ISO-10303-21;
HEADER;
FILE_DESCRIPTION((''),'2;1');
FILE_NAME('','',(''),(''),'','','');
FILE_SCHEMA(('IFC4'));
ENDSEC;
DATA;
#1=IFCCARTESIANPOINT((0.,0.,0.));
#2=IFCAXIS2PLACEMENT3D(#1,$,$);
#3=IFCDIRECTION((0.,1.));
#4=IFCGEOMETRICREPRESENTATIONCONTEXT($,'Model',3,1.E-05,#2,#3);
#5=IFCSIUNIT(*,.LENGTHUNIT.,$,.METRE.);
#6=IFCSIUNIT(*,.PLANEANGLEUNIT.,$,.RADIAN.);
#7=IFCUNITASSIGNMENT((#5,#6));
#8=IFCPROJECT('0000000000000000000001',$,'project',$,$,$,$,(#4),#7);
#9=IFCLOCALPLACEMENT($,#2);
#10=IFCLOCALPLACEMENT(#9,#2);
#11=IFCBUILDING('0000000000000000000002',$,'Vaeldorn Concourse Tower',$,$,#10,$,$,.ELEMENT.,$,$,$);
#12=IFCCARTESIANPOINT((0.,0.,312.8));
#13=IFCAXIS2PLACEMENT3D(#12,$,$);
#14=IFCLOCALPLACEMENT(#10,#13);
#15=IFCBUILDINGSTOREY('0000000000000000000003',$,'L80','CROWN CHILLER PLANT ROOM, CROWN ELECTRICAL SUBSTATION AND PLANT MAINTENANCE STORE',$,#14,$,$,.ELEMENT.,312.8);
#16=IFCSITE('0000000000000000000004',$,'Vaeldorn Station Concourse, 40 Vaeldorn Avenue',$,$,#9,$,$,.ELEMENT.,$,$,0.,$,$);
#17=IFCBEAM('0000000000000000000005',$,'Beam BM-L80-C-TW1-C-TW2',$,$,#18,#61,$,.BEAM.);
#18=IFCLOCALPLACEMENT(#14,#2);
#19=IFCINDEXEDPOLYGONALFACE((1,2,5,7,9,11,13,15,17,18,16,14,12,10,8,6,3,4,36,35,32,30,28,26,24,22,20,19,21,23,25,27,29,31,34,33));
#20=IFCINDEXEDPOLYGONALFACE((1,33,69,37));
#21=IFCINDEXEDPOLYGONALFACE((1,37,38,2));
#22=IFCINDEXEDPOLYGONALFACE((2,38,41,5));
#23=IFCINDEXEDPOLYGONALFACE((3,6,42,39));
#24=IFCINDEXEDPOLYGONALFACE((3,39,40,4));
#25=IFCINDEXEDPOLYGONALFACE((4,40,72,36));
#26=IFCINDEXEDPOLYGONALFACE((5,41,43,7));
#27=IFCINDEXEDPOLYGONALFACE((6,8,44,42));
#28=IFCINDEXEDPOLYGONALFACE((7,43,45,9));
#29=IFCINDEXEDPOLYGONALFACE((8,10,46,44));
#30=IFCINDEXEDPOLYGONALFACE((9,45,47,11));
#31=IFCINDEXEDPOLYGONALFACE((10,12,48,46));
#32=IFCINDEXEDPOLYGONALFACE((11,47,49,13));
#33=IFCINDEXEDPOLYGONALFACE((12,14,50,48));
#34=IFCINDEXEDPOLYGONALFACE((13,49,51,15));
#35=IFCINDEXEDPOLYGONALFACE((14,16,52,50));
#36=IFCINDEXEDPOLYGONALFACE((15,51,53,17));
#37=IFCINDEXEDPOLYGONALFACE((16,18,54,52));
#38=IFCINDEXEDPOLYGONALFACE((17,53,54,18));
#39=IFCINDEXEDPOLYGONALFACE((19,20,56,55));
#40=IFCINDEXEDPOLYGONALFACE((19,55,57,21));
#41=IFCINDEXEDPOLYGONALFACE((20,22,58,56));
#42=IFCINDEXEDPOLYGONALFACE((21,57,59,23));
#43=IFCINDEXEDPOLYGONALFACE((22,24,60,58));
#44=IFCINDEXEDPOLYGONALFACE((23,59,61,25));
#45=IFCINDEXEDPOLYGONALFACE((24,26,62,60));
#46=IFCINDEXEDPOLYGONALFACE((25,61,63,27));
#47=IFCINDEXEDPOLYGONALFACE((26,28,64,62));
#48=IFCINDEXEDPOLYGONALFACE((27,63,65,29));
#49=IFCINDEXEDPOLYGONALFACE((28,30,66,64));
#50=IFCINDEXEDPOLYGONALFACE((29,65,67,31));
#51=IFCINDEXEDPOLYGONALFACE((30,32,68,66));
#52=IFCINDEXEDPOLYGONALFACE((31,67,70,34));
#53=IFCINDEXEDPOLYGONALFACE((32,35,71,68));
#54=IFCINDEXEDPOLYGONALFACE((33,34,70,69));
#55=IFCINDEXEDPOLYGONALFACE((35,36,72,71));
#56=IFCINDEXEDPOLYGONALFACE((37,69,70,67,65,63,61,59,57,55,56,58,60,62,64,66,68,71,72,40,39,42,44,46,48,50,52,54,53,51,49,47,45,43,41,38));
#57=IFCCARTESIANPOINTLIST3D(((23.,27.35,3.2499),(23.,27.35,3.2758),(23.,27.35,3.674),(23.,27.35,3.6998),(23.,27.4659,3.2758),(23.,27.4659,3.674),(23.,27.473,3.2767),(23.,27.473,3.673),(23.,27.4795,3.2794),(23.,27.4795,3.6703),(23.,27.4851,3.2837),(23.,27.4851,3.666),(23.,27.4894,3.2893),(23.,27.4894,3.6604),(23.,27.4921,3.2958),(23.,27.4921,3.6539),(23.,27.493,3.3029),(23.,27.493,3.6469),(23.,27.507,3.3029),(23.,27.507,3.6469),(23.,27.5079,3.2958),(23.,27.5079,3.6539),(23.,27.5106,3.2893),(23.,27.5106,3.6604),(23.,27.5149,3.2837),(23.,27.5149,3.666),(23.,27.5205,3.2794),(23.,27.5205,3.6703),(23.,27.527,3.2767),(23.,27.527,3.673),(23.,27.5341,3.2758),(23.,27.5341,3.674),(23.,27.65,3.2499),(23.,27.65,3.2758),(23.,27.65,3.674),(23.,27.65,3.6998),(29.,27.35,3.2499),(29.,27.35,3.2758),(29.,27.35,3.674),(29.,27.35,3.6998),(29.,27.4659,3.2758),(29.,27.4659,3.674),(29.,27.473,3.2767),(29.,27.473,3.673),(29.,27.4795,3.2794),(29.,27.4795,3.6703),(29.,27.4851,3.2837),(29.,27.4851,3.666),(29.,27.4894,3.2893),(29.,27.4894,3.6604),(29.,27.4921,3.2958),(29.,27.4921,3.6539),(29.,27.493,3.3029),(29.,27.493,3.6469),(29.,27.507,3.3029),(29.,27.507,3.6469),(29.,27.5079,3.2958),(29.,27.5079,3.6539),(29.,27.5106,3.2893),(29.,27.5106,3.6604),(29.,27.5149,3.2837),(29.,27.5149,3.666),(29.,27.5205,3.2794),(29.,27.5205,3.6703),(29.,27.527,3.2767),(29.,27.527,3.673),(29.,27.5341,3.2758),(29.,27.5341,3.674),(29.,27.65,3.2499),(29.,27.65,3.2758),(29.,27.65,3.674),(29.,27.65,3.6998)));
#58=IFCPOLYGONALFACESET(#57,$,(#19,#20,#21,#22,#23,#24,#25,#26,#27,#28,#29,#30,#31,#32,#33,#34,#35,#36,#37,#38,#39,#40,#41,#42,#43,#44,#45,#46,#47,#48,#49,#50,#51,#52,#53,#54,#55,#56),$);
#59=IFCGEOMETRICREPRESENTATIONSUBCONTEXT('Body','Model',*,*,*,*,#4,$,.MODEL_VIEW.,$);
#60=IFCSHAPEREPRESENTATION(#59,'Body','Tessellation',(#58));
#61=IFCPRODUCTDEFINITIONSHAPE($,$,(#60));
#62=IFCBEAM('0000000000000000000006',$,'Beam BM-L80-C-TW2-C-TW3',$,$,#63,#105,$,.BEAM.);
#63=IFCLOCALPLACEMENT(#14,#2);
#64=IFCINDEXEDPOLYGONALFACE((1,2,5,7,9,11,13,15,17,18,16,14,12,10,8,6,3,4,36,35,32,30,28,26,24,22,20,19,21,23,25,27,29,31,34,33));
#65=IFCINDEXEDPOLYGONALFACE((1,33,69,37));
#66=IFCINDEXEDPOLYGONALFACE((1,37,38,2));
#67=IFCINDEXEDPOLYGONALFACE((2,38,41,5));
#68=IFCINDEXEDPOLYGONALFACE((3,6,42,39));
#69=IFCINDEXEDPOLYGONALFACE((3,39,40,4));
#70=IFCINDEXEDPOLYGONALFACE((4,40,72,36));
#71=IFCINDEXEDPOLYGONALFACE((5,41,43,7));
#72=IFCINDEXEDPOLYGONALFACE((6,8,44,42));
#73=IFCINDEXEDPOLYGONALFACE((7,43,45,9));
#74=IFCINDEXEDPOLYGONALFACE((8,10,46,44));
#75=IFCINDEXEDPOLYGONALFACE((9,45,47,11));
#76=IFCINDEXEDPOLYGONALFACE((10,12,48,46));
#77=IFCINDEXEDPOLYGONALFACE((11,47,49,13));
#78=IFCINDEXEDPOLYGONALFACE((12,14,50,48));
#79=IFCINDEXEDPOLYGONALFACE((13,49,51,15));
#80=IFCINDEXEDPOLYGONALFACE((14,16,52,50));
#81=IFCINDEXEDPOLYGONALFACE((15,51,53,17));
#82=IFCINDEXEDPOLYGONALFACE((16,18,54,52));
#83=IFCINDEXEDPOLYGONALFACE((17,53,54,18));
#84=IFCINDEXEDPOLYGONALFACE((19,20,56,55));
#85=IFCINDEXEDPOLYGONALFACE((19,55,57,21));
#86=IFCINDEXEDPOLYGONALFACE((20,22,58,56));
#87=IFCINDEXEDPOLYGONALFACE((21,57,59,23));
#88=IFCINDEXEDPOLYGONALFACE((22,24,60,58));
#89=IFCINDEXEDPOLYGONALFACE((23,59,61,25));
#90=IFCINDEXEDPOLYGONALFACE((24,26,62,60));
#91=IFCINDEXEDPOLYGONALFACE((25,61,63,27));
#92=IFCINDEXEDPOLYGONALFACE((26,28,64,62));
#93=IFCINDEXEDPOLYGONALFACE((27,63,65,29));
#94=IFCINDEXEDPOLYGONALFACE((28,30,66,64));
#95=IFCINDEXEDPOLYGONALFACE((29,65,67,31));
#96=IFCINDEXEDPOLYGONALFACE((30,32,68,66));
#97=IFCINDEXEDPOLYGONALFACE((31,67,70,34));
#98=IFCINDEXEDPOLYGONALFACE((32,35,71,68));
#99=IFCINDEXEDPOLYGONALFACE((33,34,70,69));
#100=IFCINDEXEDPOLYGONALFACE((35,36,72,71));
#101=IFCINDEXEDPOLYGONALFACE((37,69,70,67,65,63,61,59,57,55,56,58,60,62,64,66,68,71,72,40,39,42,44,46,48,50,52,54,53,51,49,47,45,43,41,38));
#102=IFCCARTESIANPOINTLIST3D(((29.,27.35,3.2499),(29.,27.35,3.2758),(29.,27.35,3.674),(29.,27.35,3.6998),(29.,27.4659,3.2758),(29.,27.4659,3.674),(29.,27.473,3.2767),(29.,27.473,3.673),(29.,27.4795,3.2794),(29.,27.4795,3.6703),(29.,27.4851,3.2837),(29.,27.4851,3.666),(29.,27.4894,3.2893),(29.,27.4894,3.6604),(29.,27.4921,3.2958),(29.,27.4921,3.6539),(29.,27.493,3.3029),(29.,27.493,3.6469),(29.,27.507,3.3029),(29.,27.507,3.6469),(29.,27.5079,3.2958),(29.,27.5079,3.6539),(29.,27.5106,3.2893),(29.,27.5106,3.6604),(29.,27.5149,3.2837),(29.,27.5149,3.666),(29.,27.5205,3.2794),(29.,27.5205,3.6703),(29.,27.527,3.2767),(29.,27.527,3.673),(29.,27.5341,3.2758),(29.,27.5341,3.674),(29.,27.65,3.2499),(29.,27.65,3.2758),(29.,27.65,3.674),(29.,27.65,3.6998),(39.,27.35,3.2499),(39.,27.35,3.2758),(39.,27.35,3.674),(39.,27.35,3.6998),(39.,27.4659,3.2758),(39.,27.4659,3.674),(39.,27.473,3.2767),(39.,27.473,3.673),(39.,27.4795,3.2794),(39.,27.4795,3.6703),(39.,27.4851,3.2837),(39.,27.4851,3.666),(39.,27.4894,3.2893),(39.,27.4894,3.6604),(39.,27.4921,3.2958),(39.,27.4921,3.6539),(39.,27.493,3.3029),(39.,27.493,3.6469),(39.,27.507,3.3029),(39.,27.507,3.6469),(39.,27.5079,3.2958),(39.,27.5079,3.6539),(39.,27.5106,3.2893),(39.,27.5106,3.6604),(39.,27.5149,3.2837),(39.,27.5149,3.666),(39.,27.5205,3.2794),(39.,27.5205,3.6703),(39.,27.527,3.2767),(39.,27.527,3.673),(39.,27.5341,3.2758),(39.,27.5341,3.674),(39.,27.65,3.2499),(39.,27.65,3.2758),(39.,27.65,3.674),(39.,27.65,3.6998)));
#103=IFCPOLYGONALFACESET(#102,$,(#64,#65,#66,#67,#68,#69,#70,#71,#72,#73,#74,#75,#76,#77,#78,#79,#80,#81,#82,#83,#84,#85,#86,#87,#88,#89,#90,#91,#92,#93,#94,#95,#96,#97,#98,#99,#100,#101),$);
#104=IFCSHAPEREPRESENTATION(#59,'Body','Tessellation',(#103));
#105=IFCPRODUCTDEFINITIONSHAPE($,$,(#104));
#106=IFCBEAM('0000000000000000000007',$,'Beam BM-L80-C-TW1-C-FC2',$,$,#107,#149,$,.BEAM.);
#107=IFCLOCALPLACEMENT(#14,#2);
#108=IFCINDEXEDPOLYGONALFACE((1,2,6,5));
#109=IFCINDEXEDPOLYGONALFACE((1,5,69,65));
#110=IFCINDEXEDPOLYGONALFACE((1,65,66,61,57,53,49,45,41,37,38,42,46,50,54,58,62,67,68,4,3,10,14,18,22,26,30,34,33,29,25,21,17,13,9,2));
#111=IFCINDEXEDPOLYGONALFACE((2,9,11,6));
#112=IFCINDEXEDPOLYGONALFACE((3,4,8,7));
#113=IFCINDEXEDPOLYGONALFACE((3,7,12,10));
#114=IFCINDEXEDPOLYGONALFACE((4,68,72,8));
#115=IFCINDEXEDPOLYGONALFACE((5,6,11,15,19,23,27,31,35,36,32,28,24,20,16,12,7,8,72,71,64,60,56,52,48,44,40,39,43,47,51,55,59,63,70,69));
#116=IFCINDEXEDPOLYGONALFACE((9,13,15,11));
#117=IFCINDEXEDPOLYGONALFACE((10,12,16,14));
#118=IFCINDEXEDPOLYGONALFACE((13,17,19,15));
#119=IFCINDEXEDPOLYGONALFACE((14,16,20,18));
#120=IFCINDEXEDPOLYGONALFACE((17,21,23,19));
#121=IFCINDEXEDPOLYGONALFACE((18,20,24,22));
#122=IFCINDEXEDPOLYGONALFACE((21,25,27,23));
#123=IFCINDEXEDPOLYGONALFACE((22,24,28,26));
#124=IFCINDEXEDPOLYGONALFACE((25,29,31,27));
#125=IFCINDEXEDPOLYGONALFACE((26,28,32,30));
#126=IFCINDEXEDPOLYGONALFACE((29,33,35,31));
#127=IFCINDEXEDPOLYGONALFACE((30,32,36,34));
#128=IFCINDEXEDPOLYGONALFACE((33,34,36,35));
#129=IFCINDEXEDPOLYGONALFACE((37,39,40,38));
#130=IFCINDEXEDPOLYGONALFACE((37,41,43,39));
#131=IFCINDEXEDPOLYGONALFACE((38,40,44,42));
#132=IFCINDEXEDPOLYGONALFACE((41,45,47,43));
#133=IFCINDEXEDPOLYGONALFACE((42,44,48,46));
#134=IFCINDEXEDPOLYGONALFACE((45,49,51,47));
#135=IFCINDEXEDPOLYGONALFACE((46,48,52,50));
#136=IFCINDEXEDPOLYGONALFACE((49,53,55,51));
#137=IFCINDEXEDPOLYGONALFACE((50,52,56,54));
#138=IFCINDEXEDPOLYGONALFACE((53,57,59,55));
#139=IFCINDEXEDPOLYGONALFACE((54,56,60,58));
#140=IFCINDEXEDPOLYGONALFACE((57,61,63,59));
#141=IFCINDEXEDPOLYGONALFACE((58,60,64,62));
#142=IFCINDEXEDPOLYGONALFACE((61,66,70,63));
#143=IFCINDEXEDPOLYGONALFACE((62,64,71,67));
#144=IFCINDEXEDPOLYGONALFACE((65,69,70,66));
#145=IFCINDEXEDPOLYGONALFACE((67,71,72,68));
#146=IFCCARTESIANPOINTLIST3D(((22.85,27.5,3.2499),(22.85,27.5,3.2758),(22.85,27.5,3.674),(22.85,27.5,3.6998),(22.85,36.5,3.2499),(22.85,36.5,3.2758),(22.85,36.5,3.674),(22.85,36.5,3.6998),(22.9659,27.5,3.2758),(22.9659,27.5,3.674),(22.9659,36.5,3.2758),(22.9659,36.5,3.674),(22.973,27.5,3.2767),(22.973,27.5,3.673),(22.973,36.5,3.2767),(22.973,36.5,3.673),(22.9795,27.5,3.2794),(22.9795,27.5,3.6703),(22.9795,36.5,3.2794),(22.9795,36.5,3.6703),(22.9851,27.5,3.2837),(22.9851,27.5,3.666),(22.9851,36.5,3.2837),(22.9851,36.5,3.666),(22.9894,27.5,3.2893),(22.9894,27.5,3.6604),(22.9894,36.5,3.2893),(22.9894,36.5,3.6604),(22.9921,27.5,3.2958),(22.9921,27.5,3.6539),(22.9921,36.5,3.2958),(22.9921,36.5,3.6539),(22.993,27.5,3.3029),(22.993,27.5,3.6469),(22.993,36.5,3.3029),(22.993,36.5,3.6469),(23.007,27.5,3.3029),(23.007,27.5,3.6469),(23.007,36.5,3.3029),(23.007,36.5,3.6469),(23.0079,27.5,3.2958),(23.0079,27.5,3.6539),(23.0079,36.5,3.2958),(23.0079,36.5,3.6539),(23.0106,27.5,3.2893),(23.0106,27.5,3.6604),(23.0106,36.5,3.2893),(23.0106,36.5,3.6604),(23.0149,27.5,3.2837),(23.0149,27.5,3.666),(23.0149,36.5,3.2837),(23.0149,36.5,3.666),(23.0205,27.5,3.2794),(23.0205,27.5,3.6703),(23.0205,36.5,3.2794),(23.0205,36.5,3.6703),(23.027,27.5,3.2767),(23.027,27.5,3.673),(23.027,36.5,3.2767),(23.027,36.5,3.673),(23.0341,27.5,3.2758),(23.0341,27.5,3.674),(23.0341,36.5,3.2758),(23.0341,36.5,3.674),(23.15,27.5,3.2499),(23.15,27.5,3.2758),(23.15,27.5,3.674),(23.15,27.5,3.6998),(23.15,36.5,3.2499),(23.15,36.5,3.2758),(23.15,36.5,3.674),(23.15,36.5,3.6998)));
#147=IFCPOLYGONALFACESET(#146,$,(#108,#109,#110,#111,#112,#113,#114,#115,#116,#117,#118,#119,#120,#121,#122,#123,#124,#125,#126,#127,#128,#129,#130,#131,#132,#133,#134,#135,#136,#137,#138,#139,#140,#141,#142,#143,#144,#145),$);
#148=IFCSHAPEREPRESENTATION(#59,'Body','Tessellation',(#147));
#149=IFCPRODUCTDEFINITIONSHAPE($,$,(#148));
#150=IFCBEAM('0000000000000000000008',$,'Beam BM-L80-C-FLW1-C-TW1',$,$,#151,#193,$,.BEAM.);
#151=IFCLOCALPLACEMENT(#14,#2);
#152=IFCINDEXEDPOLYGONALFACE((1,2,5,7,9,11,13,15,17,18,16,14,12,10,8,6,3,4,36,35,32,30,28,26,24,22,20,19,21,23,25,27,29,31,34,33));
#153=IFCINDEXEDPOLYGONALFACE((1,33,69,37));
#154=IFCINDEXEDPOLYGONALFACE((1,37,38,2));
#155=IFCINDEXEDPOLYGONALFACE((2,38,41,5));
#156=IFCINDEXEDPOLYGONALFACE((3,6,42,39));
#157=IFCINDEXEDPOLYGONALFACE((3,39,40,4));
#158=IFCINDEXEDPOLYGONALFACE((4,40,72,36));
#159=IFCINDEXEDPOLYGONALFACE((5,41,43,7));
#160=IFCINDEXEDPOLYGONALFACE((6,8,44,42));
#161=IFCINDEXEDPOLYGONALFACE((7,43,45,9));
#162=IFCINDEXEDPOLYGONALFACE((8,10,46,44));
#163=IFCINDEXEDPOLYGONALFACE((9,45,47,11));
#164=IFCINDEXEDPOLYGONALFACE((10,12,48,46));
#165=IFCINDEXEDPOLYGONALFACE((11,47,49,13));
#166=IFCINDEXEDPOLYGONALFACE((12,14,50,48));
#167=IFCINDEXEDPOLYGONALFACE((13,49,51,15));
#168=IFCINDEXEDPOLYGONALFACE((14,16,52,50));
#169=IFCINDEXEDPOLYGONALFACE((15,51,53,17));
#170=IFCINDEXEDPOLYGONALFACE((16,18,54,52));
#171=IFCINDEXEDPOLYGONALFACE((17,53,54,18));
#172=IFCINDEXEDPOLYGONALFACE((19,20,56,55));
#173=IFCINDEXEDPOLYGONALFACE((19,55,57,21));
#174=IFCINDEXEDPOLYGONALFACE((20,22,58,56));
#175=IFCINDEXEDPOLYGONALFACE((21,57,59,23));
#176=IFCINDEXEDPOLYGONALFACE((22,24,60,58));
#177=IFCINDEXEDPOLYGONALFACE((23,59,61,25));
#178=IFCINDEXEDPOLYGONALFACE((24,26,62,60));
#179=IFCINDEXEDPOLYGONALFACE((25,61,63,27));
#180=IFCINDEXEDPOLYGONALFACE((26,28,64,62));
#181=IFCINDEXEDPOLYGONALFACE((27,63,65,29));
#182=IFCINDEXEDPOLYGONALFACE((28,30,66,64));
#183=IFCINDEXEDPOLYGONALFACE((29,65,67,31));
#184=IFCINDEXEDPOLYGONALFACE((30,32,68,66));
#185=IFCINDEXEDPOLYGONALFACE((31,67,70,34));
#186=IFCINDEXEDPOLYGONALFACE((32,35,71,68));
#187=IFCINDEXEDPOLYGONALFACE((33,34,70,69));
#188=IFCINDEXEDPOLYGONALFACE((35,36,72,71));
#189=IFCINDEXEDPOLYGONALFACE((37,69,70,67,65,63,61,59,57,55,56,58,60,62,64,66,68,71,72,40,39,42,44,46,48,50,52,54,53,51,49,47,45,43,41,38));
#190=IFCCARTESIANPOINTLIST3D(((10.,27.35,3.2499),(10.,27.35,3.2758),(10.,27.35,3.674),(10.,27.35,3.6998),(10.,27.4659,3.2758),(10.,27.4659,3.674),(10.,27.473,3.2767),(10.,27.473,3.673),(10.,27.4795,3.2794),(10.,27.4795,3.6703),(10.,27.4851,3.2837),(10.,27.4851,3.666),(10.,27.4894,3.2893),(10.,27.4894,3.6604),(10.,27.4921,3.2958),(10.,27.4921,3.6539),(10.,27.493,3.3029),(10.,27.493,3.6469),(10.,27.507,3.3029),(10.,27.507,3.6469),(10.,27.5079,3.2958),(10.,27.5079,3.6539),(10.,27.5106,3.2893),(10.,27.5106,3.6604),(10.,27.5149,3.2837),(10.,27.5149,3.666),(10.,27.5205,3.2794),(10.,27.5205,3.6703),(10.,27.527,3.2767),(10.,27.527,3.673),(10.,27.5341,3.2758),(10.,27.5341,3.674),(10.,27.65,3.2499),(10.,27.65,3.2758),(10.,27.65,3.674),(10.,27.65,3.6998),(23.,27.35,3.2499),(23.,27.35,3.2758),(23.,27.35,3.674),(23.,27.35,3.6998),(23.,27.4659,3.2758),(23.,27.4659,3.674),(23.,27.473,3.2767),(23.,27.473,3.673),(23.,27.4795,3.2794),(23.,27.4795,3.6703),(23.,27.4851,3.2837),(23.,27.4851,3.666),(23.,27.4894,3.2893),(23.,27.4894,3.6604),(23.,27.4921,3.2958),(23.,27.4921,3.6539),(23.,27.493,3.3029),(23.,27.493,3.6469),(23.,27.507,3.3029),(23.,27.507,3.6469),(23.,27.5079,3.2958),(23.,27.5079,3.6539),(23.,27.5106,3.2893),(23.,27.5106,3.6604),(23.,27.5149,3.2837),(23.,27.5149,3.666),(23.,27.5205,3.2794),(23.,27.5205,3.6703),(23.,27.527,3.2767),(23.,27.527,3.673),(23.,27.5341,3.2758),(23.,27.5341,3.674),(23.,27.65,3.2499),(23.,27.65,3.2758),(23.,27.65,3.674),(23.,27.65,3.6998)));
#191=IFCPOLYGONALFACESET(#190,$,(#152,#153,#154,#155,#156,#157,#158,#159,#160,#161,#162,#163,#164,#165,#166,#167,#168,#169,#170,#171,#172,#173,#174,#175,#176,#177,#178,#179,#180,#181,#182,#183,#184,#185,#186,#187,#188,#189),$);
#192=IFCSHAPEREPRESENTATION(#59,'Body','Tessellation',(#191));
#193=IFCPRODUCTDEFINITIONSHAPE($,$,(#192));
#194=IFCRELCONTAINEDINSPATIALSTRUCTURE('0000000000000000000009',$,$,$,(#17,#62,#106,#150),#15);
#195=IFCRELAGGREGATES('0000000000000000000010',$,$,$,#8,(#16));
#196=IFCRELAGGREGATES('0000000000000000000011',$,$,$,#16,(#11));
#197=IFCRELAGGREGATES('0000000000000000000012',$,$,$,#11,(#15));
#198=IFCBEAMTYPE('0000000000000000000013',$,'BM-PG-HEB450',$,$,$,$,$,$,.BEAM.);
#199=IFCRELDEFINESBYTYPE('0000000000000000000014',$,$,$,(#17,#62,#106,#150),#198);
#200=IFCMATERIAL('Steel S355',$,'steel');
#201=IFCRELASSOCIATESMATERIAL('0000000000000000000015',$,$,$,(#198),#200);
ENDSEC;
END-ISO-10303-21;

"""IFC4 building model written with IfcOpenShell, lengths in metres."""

from ifc_helpers import new_model, si_unit, direction, frame, origin, origin_2d, place, context, subcontext, project, spatial, i_section, extrude, source, transform, mapped, material, material_profile, profile_set, type_object, element, save


model = new_model("IFC4")

# Units and contexts
model_context = context("Model", 3, precision=1e-05, world=origin(), true_north=direction((0.0, 1.0)))
body_context = subcontext(model_context, "Body", "Model", "MODEL_VIEW")
ifc_project = project(units=[si_unit("LENGTHUNIT", "METRE"), si_unit("PLANEANGLEUNIT", "RADIAN")], contexts=[model_context])

# Site, building, storey
site_placement = place(None, origin())
site = spatial("IfcSite", under=ifc_project, at=site_placement, Name="Vaeldorn Station Concourse, 40 Vaeldorn Avenue", CompositionType="ELEMENT", RefElevation=0.0)
building_placement = place(site_placement, origin())
building = spatial("IfcBuilding", under=site, at=building_placement, Name="Vaeldorn Concourse Tower", CompositionType="ELEMENT")
storey_placement = place(building_placement, frame((0.0, 0.0, 312.8)))
storey = spatial("IfcBuildingStorey", under=building, at=storey_placement, Name="L80", Description="CROWN CHILLER PLANT ROOM, CROWN ELECTRICAL SUBSTATION AND PLANT MAINTENANCE STORE", CompositionType="ELEMENT", Elevation=312.8)

# Shared definitions
ifc_material_1 = material(Name="Steel S355", Category="steel")

# Beams
ifc_material_profile_1 = material_profile(ifc_material_1, i_section(OverallWidth=0.3, OverallDepth=0.45, WebThickness=0.0139, FlangeThickness=0.0259, FilletRadius=0.0271, at=origin_2d()), Name="HEB 450")
ifc_profile_set_1 = profile_set([ifc_material_profile_1], Name="Steel S355")
beam_type = type_object("IfcBeamType", Name="BM-PG-HEB450", PredefinedType="BEAM", material=ifc_profile_set_1)
shared_shape_1 = source(origin(), body_context, "Body", "SweptSolid", [
    extrude(i_section(OverallWidth=0.3, OverallDepth=0.45, WebThickness=0.0139, FlangeThickness=0.0259, FilletRadius=0.0271, at=origin_2d()), origin(), (0.0, 0.0, 1.0), 6.0),
])
beam_1_placement = place(storey_placement, frame((23.0, 27.5, 3.4749), z_axis=(1.0, 0.0, 0.0), x_axis=(0.0, 1.0, 0.0)))
element("IfcBeam", 1, at=beam_1_placement, inside=storey, type_object=beam_type, Name="Beam BM-L80-C-TW1-C-TW2", PredefinedType="BEAM", context=body_context, shape_type="MappedRepresentation", body=[
    mapped(shared_shape_1, transform((0.0, 0.0, 0.0), scale=1.0)),
])
shared_shape_2 = source(origin(), body_context, "Body", "SweptSolid", [
    extrude(i_section(OverallWidth=0.3, OverallDepth=0.45, WebThickness=0.0139, FlangeThickness=0.0259, FilletRadius=0.0271, at=origin_2d()), origin(), (0.0, 0.0, 1.0), 10.0),
])
beam_2_placement = place(storey_placement, frame((29.0, 27.5, 3.4749), z_axis=(1.0, 0.0, 0.0), x_axis=(0.0, 1.0, 0.0)))
element("IfcBeam", 2, at=beam_2_placement, inside=storey, type_object=beam_type, Name="Beam BM-L80-C-TW2-C-TW3", PredefinedType="BEAM", context=body_context, shape_type="MappedRepresentation", body=[
    mapped(shared_shape_2, transform((0.0, 0.0, 0.0), scale=1.0)),
])
shared_shape_3 = source(origin(), body_context, "Body", "SweptSolid", [
    extrude(i_section(OverallWidth=0.3, OverallDepth=0.45, WebThickness=0.0139, FlangeThickness=0.0259, FilletRadius=0.0271, at=origin_2d()), origin(), (0.0, 0.0, 1.0), 9.0),
])
beam_3_placement = place(storey_placement, frame((23.0, 27.5, 3.4749), z_axis=(0.0, 1.0, 0.0), x_axis=(-1.0, 0.0, 0.0)))
element("IfcBeam", 3, at=beam_3_placement, inside=storey, type_object=beam_type, Name="Beam BM-L80-C-TW1-C-FC2", PredefinedType="BEAM", context=body_context, shape_type="MappedRepresentation", body=[
    mapped(shared_shape_3, transform((0.0, 0.0, 0.0), scale=1.0)),
])
shared_shape_4 = source(origin(), body_context, "Body", "SweptSolid", [
    extrude(i_section(OverallWidth=0.3, OverallDepth=0.45, WebThickness=0.0139, FlangeThickness=0.0259, FilletRadius=0.0271, at=origin_2d()), origin(), (0.0, 0.0, 1.0), 13.0),
])
beam_4_placement = place(storey_placement, frame((10.0, 27.5, 3.4749), z_axis=(1.0, 0.0, 0.0), x_axis=(0.0, 1.0, 0.0)))
element("IfcBeam", 4, at=beam_4_placement, inside=storey, type_object=beam_type, Name="Beam BM-L80-C-FLW1-C-TW1", PredefinedType="BEAM", context=body_context, shape_type="MappedRepresentation", body=[
    mapped(shared_shape_4, transform((0.0, 0.0, 0.0), scale=1.0)),
])

save(model, "model.ifc")
